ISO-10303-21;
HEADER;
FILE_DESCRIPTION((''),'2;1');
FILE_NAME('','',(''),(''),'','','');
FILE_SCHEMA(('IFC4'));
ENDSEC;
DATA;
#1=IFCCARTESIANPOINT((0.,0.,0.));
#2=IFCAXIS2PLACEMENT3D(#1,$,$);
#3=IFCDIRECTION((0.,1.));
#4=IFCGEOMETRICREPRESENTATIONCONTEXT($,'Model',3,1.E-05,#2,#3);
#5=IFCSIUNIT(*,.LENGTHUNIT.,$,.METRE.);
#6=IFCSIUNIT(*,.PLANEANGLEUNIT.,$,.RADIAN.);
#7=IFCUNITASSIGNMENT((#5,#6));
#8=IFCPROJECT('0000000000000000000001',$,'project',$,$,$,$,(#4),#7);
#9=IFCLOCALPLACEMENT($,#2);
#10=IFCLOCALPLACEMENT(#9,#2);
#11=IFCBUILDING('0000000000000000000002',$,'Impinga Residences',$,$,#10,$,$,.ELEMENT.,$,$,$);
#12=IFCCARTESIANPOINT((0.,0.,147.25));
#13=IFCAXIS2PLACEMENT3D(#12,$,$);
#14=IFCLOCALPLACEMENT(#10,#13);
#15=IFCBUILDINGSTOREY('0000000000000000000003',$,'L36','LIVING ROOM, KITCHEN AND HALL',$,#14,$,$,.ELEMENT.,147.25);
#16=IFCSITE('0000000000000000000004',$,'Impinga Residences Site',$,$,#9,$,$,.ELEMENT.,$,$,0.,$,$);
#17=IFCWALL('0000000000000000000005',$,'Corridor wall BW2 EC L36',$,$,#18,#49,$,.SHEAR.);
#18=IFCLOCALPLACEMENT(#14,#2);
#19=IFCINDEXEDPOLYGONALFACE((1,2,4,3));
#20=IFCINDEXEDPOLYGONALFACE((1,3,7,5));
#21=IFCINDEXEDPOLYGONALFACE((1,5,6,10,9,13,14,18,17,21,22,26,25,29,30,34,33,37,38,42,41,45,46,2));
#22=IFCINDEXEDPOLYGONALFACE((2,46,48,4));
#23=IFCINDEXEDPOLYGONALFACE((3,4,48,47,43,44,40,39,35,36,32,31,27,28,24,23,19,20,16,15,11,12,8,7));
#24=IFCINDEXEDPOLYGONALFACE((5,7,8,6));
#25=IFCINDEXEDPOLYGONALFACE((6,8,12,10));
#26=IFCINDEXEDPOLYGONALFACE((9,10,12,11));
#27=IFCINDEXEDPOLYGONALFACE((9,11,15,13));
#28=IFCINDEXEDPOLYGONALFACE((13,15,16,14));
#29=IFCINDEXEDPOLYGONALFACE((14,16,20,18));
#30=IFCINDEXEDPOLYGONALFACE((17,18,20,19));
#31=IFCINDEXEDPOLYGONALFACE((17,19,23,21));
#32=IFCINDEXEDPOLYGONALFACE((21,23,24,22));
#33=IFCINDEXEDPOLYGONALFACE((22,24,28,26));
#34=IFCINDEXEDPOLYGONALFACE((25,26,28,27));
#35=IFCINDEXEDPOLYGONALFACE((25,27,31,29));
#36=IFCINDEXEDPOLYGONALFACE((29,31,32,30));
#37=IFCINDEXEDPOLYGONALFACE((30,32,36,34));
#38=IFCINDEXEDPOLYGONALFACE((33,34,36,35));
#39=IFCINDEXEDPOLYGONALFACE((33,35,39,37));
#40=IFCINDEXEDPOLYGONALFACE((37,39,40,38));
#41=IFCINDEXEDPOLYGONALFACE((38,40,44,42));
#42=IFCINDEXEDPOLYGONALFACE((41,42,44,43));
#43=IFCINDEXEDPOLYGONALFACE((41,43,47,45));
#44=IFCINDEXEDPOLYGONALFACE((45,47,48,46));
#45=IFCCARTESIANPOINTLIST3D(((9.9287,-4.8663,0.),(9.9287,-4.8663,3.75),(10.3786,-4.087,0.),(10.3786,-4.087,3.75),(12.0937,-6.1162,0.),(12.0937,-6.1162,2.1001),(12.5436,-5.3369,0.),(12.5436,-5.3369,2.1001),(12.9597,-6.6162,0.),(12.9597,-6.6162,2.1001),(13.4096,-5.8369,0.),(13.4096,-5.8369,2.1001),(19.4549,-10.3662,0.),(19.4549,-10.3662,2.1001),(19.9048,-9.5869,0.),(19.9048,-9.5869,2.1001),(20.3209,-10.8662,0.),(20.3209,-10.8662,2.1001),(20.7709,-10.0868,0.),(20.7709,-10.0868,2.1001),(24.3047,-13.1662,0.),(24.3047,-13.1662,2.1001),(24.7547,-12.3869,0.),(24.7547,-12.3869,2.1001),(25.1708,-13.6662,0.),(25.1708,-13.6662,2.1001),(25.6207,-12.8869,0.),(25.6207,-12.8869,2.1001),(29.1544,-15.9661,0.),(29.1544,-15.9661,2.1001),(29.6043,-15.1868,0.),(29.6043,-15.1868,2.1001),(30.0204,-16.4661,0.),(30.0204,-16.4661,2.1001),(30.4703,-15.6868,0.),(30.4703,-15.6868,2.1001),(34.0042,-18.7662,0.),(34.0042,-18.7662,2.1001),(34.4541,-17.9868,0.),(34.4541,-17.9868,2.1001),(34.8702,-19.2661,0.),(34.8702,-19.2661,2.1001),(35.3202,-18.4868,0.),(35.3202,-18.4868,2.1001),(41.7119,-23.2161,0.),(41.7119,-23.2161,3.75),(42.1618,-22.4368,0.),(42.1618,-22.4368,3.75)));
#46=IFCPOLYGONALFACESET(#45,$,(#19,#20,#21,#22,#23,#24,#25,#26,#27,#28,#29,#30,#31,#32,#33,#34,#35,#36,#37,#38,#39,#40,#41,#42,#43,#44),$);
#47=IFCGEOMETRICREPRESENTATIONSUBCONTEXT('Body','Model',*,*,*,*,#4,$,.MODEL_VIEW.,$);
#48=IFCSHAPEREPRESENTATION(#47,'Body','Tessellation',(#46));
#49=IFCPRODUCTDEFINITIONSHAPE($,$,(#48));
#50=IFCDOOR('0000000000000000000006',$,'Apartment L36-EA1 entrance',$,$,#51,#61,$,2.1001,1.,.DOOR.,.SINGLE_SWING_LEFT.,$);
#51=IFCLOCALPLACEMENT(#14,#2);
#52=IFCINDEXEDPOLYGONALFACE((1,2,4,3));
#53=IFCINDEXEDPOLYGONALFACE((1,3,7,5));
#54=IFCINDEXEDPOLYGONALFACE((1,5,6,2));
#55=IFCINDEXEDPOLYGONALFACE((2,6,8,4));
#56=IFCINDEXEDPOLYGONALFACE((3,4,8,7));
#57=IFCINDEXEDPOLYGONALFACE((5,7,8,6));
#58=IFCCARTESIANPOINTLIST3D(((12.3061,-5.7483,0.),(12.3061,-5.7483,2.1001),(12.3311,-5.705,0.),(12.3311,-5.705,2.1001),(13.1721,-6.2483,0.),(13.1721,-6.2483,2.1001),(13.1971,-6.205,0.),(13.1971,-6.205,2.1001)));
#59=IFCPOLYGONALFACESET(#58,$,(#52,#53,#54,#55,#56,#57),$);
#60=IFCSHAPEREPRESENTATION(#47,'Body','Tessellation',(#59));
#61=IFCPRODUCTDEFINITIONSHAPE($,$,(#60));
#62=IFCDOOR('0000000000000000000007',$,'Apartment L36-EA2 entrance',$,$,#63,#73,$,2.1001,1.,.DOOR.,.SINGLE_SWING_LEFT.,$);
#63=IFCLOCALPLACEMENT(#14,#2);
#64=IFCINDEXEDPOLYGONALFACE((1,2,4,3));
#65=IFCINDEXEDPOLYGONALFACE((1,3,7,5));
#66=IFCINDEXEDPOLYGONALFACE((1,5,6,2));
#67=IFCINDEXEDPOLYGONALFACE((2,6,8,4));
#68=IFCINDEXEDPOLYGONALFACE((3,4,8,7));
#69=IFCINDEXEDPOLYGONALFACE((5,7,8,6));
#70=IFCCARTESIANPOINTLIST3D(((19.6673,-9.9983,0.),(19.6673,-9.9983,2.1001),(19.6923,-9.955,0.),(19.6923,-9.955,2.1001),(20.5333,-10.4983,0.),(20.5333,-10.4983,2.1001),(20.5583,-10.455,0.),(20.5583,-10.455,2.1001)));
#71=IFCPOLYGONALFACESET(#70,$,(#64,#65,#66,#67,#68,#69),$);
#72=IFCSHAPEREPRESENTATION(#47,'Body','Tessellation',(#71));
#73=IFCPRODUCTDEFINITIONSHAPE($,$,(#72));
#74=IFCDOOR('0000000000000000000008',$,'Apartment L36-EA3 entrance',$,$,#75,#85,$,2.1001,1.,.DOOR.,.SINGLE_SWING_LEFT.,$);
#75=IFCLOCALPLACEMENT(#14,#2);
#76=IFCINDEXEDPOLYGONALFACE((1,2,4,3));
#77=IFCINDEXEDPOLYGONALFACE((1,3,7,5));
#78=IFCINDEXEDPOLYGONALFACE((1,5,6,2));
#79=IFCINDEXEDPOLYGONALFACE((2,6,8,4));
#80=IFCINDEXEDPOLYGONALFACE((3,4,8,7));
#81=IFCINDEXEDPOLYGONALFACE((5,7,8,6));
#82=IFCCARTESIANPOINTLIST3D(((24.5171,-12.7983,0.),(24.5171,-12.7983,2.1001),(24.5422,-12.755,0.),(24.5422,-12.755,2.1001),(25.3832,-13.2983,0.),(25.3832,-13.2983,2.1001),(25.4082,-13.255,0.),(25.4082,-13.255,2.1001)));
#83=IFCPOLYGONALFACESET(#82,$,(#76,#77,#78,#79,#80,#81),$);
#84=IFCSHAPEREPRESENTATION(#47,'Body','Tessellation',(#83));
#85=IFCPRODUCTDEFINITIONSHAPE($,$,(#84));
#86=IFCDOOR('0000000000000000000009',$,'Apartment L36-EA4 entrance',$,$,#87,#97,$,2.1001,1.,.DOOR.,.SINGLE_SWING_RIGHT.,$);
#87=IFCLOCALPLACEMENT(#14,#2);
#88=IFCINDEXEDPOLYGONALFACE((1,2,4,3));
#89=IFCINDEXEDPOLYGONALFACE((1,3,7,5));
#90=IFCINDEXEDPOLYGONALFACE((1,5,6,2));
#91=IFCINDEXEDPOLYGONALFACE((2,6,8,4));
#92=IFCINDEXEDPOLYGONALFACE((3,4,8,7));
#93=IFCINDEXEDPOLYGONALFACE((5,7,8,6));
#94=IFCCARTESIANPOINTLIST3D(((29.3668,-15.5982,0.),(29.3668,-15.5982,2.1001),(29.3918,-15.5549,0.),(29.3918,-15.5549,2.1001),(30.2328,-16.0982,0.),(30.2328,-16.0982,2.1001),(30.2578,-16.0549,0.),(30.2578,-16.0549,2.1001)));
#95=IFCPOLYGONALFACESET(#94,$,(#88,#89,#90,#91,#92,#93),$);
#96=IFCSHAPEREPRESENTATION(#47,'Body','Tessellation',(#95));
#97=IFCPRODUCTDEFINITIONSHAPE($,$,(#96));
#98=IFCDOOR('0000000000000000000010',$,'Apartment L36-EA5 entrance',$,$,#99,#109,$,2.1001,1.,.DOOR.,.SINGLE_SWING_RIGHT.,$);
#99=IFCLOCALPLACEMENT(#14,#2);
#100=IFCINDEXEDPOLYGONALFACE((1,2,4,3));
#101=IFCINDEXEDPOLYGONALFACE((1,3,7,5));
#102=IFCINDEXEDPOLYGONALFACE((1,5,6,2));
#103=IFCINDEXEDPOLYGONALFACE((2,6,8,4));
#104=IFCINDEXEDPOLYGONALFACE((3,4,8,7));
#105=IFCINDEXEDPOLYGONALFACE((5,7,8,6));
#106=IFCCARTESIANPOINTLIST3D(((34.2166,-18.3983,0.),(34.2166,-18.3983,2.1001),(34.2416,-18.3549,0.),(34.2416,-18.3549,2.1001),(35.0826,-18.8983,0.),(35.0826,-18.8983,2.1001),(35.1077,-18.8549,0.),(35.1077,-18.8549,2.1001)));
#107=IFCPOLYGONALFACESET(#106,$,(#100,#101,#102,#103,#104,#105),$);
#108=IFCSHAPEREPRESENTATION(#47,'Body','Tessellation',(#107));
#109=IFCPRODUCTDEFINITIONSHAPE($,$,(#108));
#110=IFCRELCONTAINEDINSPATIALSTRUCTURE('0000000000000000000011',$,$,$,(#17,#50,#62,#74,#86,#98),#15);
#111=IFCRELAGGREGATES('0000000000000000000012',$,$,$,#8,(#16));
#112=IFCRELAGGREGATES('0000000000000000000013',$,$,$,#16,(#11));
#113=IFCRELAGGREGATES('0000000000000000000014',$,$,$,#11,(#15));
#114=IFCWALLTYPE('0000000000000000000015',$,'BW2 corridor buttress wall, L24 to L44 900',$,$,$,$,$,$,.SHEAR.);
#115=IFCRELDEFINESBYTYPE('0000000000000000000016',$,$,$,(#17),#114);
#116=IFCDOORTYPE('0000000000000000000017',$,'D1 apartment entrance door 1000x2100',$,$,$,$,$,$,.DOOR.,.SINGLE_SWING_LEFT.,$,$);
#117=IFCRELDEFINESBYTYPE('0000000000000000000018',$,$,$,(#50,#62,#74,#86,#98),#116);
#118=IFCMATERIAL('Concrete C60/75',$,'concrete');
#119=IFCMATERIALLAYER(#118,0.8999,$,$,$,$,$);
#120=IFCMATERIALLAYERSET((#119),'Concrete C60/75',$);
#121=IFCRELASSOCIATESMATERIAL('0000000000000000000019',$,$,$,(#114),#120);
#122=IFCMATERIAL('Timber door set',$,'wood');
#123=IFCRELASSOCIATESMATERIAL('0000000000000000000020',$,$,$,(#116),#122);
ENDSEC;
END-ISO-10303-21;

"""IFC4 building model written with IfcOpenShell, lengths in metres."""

from ifc_helpers import new_model, si_unit, direction, frame, frame_2d, origin, place, context, subcontext, project, spatial, rectangle, extrude, material, layer, layer_set, type_object, element, fill, save


model = new_model("IFC4")

# Units and contexts
model_context = context("Model", 3, precision=1e-05, world=origin(), true_north=direction((0.0, 1.0)))
body_context = subcontext(model_context, "Body", "Model", "MODEL_VIEW")
ifc_project = project(units=[si_unit("LENGTHUNIT", "METRE"), si_unit("PLANEANGLEUNIT", "RADIAN")], contexts=[model_context])

# Site, building, storey
site_placement = place(None, origin())
site = spatial("IfcSite", under=ifc_project, at=site_placement, Name="Impinga Residences Site", CompositionType="ELEMENT", RefElevation=0.0)
building_placement = place(site_placement, origin())
building = spatial("IfcBuilding", under=site, at=building_placement, Name="Impinga Residences", CompositionType="ELEMENT")
storey_placement = place(building_placement, frame((0.0, 0.0, 147.25)))
storey = spatial("IfcBuildingStorey", under=building, at=storey_placement, Name="L36", Description="LIVING ROOM, KITCHEN AND HALL", CompositionType="ELEMENT", Elevation=147.25)

# Wall, openings, doors
ifc_material_1 = material(Name="Concrete C60/75", Category="concrete")
ifc_layer_1 = layer(ifc_material_1, 0.8999)
ifc_layer_set_1 = layer_set([ifc_layer_1], Name="Concrete C60/75")
wall_type_1 = type_object("IfcWallType", Name="BW2 corridor buttress wall, L24 to L44 900", PredefinedType="SHEAR", material=ifc_layer_set_1)
wall_1_placement = place(storey_placement, frame((10.1536, -4.4766, 0.0), z_axis=(0.0, 0.0, 1.0), x_axis=(0.866028, -0.499996, 0.0)))
wall_1 = element("IfcWall", 1, at=wall_1_placement, inside=storey, type_object=wall_type_1, Name="Corridor wall BW2 EC L36", PredefinedType="SHEAR", context=body_context, shape_type="SweptSolid", body=[
    extrude(rectangle(XDim=36.7, YDim=0.8999, at=frame_2d((18.3501, 0.0))), origin(), (0.0, 0.0, 1.0), 3.75),
])
opening_1_placement = place(wall_1_placement, frame((2.5, 0.0, 0.0)))
opening_1 = element("IfcOpeningElement", 2, at=opening_1_placement, cuts=wall_1, PredefinedType="OPENING", context=body_context, shape_type="SweptSolid", body=[
    extrude(rectangle(XDim=1.0, YDim=2.1001, at=frame_2d((0.5, 1.05))), frame((0.0, 0.46, 0.0), z_axis=(0.0, -1.0, 0.0), x_axis=(1.0, 0.0, 0.0)), (0.0, 0.0, 1.0), 0.9199),
])
opening_2_placement = place(wall_1_placement, frame((11.0, 0.0, 0.0)))
opening_2 = element("IfcOpeningElement", 3, at=opening_2_placement, cuts=wall_1, PredefinedType="OPENING", context=body_context, shape_type="SweptSolid", body=[
    extrude(rectangle(XDim=1.0, YDim=2.1001, at=frame_2d((0.5, 1.05))), frame((0.0, 0.46, 0.0), z_axis=(0.0, -1.0, 0.0), x_axis=(1.0, 0.0, 0.0)), (0.0, 0.0, 1.0), 0.9199),
])
opening_3_placement = place(wall_1_placement, frame((16.6001, 0.0, 0.0)))
opening_3 = element("IfcOpeningElement", 4, at=opening_3_placement, cuts=wall_1, PredefinedType="OPENING", context=body_context, shape_type="SweptSolid", body=[
    extrude(rectangle(XDim=1.0, YDim=2.1001, at=frame_2d((0.5, 1.05))), frame((0.0, 0.46, 0.0), z_axis=(0.0, -1.0, 0.0), x_axis=(1.0, 0.0, 0.0)), (0.0, 0.0, 1.0), 0.9199),
])
opening_4_placement = place(wall_1_placement, frame((22.2, 0.0, 0.0)))
opening_4 = element("IfcOpeningElement", 5, at=opening_4_placement, cuts=wall_1, PredefinedType="OPENING", context=body_context, shape_type="SweptSolid", body=[
    extrude(rectangle(XDim=1.0, YDim=2.1001, at=frame_2d((0.5, 1.05))), frame((0.0, 0.46, 0.0), z_axis=(0.0, -1.0, 0.0), x_axis=(1.0, 0.0, 0.0)), (0.0, 0.0, 1.0), 0.9199),
])
opening_5_placement = place(wall_1_placement, frame((27.8, 0.0, 0.0)))
opening_5 = element("IfcOpeningElement", 6, at=opening_5_placement, cuts=wall_1, PredefinedType="OPENING", context=body_context, shape_type="SweptSolid", body=[
    extrude(rectangle(XDim=1.0, YDim=2.1001, at=frame_2d((0.5, 1.05))), frame((0.0, 0.46, 0.0), z_axis=(0.0, -1.0, 0.0), x_axis=(1.0, 0.0, 0.0)), (0.0, 0.0, 1.0), 0.9199),
])
ifc_material_2 = material(Name="Timber door set", Category="wood")
door_type_1 = type_object("IfcDoorType", Name="D1 apartment entrance door 1000x2100", OperationType="SINGLE_SWING_LEFT", PredefinedType="DOOR", material=ifc_material_2)
door_1_placement = place(opening_1_placement, origin())
door_1 = element("IfcDoor", 7, at=door_1_placement, inside=storey, type_object=door_type_1, Name="Apartment L36-EA1 entrance", OperationType="SINGLE_SWING_LEFT", OverallHeight=2.1001, OverallWidth=1.0, PredefinedType="DOOR", context=body_context, shape_type="SweptSolid", body=[
    extrude(rectangle(XDim=1.0, YDim=2.1001, at=frame_2d((0.5, 1.05))), frame((0.0, 0.0249, 0.0), z_axis=(0.0, -1.0, 0.0), x_axis=(1.0, 0.0, 0.0)), (0.0, 0.0, 1.0), 0.05),
])
fill(opening_1, door_1)
door_2_placement = place(opening_2_placement, origin())
door_2 = element("IfcDoor", 8, at=door_2_placement, inside=storey, type_object=door_type_1, Name="Apartment L36-EA2 entrance", OperationType="SINGLE_SWING_LEFT", OverallHeight=2.1001, OverallWidth=1.0, PredefinedType="DOOR", context=body_context, shape_type="SweptSolid", body=[
    extrude(rectangle(XDim=1.0, YDim=2.1001, at=frame_2d((0.5, 1.05))), frame((0.0, 0.0249, 0.0), z_axis=(0.0, -1.0, 0.0), x_axis=(1.0, 0.0, 0.0)), (0.0, 0.0, 1.0), 0.05),
])
fill(opening_2, door_2)
door_3_placement = place(opening_3_placement, origin())
door_3 = element("IfcDoor", 9, at=door_3_placement, inside=storey, type_object=door_type_1, Name="Apartment L36-EA3 entrance", OperationType="SINGLE_SWING_LEFT", OverallHeight=2.1001, OverallWidth=1.0, PredefinedType="DOOR", context=body_context, shape_type="SweptSolid", body=[
    extrude(rectangle(XDim=1.0, YDim=2.1001, at=frame_2d((0.5, 1.05))), frame((0.0, 0.0249, 0.0), z_axis=(0.0, -1.0, 0.0), x_axis=(1.0, 0.0, 0.0)), (0.0, 0.0, 1.0), 0.05),
])
fill(opening_3, door_3)
door_4_placement = place(opening_4_placement, origin())
door_4 = element("IfcDoor", 10, at=door_4_placement, inside=storey, type_object=door_type_1, Name="Apartment L36-EA4 entrance", OperationType="SINGLE_SWING_RIGHT", OverallHeight=2.1001, OverallWidth=1.0, PredefinedType="DOOR", context=body_context, shape_type="SweptSolid", body=[
    extrude(rectangle(XDim=1.0, YDim=2.1001, at=frame_2d((0.5, 1.05))), frame((0.0, 0.0249, 0.0), z_axis=(0.0, -1.0, 0.0), x_axis=(1.0, 0.0, 0.0)), (0.0, 0.0, 1.0), 0.05),
])
fill(opening_4, door_4)
door_5_placement = place(opening_5_placement, origin())
door_5 = element("IfcDoor", 11, at=door_5_placement, inside=storey, type_object=door_type_1, Name="Apartment L36-EA5 entrance", OperationType="SINGLE_SWING_RIGHT", OverallHeight=2.1001, OverallWidth=1.0, PredefinedType="DOOR", context=body_context, shape_type="SweptSolid", body=[
    extrude(rectangle(XDim=1.0, YDim=2.1001, at=frame_2d((0.5, 1.05))), frame((0.0, 0.0249, 0.0), z_axis=(0.0, -1.0, 0.0), x_axis=(1.0, 0.0, 0.0)), (0.0, 0.0, 1.0), 0.05),
])
fill(opening_5, door_5)

save(model, "model.ifc")
